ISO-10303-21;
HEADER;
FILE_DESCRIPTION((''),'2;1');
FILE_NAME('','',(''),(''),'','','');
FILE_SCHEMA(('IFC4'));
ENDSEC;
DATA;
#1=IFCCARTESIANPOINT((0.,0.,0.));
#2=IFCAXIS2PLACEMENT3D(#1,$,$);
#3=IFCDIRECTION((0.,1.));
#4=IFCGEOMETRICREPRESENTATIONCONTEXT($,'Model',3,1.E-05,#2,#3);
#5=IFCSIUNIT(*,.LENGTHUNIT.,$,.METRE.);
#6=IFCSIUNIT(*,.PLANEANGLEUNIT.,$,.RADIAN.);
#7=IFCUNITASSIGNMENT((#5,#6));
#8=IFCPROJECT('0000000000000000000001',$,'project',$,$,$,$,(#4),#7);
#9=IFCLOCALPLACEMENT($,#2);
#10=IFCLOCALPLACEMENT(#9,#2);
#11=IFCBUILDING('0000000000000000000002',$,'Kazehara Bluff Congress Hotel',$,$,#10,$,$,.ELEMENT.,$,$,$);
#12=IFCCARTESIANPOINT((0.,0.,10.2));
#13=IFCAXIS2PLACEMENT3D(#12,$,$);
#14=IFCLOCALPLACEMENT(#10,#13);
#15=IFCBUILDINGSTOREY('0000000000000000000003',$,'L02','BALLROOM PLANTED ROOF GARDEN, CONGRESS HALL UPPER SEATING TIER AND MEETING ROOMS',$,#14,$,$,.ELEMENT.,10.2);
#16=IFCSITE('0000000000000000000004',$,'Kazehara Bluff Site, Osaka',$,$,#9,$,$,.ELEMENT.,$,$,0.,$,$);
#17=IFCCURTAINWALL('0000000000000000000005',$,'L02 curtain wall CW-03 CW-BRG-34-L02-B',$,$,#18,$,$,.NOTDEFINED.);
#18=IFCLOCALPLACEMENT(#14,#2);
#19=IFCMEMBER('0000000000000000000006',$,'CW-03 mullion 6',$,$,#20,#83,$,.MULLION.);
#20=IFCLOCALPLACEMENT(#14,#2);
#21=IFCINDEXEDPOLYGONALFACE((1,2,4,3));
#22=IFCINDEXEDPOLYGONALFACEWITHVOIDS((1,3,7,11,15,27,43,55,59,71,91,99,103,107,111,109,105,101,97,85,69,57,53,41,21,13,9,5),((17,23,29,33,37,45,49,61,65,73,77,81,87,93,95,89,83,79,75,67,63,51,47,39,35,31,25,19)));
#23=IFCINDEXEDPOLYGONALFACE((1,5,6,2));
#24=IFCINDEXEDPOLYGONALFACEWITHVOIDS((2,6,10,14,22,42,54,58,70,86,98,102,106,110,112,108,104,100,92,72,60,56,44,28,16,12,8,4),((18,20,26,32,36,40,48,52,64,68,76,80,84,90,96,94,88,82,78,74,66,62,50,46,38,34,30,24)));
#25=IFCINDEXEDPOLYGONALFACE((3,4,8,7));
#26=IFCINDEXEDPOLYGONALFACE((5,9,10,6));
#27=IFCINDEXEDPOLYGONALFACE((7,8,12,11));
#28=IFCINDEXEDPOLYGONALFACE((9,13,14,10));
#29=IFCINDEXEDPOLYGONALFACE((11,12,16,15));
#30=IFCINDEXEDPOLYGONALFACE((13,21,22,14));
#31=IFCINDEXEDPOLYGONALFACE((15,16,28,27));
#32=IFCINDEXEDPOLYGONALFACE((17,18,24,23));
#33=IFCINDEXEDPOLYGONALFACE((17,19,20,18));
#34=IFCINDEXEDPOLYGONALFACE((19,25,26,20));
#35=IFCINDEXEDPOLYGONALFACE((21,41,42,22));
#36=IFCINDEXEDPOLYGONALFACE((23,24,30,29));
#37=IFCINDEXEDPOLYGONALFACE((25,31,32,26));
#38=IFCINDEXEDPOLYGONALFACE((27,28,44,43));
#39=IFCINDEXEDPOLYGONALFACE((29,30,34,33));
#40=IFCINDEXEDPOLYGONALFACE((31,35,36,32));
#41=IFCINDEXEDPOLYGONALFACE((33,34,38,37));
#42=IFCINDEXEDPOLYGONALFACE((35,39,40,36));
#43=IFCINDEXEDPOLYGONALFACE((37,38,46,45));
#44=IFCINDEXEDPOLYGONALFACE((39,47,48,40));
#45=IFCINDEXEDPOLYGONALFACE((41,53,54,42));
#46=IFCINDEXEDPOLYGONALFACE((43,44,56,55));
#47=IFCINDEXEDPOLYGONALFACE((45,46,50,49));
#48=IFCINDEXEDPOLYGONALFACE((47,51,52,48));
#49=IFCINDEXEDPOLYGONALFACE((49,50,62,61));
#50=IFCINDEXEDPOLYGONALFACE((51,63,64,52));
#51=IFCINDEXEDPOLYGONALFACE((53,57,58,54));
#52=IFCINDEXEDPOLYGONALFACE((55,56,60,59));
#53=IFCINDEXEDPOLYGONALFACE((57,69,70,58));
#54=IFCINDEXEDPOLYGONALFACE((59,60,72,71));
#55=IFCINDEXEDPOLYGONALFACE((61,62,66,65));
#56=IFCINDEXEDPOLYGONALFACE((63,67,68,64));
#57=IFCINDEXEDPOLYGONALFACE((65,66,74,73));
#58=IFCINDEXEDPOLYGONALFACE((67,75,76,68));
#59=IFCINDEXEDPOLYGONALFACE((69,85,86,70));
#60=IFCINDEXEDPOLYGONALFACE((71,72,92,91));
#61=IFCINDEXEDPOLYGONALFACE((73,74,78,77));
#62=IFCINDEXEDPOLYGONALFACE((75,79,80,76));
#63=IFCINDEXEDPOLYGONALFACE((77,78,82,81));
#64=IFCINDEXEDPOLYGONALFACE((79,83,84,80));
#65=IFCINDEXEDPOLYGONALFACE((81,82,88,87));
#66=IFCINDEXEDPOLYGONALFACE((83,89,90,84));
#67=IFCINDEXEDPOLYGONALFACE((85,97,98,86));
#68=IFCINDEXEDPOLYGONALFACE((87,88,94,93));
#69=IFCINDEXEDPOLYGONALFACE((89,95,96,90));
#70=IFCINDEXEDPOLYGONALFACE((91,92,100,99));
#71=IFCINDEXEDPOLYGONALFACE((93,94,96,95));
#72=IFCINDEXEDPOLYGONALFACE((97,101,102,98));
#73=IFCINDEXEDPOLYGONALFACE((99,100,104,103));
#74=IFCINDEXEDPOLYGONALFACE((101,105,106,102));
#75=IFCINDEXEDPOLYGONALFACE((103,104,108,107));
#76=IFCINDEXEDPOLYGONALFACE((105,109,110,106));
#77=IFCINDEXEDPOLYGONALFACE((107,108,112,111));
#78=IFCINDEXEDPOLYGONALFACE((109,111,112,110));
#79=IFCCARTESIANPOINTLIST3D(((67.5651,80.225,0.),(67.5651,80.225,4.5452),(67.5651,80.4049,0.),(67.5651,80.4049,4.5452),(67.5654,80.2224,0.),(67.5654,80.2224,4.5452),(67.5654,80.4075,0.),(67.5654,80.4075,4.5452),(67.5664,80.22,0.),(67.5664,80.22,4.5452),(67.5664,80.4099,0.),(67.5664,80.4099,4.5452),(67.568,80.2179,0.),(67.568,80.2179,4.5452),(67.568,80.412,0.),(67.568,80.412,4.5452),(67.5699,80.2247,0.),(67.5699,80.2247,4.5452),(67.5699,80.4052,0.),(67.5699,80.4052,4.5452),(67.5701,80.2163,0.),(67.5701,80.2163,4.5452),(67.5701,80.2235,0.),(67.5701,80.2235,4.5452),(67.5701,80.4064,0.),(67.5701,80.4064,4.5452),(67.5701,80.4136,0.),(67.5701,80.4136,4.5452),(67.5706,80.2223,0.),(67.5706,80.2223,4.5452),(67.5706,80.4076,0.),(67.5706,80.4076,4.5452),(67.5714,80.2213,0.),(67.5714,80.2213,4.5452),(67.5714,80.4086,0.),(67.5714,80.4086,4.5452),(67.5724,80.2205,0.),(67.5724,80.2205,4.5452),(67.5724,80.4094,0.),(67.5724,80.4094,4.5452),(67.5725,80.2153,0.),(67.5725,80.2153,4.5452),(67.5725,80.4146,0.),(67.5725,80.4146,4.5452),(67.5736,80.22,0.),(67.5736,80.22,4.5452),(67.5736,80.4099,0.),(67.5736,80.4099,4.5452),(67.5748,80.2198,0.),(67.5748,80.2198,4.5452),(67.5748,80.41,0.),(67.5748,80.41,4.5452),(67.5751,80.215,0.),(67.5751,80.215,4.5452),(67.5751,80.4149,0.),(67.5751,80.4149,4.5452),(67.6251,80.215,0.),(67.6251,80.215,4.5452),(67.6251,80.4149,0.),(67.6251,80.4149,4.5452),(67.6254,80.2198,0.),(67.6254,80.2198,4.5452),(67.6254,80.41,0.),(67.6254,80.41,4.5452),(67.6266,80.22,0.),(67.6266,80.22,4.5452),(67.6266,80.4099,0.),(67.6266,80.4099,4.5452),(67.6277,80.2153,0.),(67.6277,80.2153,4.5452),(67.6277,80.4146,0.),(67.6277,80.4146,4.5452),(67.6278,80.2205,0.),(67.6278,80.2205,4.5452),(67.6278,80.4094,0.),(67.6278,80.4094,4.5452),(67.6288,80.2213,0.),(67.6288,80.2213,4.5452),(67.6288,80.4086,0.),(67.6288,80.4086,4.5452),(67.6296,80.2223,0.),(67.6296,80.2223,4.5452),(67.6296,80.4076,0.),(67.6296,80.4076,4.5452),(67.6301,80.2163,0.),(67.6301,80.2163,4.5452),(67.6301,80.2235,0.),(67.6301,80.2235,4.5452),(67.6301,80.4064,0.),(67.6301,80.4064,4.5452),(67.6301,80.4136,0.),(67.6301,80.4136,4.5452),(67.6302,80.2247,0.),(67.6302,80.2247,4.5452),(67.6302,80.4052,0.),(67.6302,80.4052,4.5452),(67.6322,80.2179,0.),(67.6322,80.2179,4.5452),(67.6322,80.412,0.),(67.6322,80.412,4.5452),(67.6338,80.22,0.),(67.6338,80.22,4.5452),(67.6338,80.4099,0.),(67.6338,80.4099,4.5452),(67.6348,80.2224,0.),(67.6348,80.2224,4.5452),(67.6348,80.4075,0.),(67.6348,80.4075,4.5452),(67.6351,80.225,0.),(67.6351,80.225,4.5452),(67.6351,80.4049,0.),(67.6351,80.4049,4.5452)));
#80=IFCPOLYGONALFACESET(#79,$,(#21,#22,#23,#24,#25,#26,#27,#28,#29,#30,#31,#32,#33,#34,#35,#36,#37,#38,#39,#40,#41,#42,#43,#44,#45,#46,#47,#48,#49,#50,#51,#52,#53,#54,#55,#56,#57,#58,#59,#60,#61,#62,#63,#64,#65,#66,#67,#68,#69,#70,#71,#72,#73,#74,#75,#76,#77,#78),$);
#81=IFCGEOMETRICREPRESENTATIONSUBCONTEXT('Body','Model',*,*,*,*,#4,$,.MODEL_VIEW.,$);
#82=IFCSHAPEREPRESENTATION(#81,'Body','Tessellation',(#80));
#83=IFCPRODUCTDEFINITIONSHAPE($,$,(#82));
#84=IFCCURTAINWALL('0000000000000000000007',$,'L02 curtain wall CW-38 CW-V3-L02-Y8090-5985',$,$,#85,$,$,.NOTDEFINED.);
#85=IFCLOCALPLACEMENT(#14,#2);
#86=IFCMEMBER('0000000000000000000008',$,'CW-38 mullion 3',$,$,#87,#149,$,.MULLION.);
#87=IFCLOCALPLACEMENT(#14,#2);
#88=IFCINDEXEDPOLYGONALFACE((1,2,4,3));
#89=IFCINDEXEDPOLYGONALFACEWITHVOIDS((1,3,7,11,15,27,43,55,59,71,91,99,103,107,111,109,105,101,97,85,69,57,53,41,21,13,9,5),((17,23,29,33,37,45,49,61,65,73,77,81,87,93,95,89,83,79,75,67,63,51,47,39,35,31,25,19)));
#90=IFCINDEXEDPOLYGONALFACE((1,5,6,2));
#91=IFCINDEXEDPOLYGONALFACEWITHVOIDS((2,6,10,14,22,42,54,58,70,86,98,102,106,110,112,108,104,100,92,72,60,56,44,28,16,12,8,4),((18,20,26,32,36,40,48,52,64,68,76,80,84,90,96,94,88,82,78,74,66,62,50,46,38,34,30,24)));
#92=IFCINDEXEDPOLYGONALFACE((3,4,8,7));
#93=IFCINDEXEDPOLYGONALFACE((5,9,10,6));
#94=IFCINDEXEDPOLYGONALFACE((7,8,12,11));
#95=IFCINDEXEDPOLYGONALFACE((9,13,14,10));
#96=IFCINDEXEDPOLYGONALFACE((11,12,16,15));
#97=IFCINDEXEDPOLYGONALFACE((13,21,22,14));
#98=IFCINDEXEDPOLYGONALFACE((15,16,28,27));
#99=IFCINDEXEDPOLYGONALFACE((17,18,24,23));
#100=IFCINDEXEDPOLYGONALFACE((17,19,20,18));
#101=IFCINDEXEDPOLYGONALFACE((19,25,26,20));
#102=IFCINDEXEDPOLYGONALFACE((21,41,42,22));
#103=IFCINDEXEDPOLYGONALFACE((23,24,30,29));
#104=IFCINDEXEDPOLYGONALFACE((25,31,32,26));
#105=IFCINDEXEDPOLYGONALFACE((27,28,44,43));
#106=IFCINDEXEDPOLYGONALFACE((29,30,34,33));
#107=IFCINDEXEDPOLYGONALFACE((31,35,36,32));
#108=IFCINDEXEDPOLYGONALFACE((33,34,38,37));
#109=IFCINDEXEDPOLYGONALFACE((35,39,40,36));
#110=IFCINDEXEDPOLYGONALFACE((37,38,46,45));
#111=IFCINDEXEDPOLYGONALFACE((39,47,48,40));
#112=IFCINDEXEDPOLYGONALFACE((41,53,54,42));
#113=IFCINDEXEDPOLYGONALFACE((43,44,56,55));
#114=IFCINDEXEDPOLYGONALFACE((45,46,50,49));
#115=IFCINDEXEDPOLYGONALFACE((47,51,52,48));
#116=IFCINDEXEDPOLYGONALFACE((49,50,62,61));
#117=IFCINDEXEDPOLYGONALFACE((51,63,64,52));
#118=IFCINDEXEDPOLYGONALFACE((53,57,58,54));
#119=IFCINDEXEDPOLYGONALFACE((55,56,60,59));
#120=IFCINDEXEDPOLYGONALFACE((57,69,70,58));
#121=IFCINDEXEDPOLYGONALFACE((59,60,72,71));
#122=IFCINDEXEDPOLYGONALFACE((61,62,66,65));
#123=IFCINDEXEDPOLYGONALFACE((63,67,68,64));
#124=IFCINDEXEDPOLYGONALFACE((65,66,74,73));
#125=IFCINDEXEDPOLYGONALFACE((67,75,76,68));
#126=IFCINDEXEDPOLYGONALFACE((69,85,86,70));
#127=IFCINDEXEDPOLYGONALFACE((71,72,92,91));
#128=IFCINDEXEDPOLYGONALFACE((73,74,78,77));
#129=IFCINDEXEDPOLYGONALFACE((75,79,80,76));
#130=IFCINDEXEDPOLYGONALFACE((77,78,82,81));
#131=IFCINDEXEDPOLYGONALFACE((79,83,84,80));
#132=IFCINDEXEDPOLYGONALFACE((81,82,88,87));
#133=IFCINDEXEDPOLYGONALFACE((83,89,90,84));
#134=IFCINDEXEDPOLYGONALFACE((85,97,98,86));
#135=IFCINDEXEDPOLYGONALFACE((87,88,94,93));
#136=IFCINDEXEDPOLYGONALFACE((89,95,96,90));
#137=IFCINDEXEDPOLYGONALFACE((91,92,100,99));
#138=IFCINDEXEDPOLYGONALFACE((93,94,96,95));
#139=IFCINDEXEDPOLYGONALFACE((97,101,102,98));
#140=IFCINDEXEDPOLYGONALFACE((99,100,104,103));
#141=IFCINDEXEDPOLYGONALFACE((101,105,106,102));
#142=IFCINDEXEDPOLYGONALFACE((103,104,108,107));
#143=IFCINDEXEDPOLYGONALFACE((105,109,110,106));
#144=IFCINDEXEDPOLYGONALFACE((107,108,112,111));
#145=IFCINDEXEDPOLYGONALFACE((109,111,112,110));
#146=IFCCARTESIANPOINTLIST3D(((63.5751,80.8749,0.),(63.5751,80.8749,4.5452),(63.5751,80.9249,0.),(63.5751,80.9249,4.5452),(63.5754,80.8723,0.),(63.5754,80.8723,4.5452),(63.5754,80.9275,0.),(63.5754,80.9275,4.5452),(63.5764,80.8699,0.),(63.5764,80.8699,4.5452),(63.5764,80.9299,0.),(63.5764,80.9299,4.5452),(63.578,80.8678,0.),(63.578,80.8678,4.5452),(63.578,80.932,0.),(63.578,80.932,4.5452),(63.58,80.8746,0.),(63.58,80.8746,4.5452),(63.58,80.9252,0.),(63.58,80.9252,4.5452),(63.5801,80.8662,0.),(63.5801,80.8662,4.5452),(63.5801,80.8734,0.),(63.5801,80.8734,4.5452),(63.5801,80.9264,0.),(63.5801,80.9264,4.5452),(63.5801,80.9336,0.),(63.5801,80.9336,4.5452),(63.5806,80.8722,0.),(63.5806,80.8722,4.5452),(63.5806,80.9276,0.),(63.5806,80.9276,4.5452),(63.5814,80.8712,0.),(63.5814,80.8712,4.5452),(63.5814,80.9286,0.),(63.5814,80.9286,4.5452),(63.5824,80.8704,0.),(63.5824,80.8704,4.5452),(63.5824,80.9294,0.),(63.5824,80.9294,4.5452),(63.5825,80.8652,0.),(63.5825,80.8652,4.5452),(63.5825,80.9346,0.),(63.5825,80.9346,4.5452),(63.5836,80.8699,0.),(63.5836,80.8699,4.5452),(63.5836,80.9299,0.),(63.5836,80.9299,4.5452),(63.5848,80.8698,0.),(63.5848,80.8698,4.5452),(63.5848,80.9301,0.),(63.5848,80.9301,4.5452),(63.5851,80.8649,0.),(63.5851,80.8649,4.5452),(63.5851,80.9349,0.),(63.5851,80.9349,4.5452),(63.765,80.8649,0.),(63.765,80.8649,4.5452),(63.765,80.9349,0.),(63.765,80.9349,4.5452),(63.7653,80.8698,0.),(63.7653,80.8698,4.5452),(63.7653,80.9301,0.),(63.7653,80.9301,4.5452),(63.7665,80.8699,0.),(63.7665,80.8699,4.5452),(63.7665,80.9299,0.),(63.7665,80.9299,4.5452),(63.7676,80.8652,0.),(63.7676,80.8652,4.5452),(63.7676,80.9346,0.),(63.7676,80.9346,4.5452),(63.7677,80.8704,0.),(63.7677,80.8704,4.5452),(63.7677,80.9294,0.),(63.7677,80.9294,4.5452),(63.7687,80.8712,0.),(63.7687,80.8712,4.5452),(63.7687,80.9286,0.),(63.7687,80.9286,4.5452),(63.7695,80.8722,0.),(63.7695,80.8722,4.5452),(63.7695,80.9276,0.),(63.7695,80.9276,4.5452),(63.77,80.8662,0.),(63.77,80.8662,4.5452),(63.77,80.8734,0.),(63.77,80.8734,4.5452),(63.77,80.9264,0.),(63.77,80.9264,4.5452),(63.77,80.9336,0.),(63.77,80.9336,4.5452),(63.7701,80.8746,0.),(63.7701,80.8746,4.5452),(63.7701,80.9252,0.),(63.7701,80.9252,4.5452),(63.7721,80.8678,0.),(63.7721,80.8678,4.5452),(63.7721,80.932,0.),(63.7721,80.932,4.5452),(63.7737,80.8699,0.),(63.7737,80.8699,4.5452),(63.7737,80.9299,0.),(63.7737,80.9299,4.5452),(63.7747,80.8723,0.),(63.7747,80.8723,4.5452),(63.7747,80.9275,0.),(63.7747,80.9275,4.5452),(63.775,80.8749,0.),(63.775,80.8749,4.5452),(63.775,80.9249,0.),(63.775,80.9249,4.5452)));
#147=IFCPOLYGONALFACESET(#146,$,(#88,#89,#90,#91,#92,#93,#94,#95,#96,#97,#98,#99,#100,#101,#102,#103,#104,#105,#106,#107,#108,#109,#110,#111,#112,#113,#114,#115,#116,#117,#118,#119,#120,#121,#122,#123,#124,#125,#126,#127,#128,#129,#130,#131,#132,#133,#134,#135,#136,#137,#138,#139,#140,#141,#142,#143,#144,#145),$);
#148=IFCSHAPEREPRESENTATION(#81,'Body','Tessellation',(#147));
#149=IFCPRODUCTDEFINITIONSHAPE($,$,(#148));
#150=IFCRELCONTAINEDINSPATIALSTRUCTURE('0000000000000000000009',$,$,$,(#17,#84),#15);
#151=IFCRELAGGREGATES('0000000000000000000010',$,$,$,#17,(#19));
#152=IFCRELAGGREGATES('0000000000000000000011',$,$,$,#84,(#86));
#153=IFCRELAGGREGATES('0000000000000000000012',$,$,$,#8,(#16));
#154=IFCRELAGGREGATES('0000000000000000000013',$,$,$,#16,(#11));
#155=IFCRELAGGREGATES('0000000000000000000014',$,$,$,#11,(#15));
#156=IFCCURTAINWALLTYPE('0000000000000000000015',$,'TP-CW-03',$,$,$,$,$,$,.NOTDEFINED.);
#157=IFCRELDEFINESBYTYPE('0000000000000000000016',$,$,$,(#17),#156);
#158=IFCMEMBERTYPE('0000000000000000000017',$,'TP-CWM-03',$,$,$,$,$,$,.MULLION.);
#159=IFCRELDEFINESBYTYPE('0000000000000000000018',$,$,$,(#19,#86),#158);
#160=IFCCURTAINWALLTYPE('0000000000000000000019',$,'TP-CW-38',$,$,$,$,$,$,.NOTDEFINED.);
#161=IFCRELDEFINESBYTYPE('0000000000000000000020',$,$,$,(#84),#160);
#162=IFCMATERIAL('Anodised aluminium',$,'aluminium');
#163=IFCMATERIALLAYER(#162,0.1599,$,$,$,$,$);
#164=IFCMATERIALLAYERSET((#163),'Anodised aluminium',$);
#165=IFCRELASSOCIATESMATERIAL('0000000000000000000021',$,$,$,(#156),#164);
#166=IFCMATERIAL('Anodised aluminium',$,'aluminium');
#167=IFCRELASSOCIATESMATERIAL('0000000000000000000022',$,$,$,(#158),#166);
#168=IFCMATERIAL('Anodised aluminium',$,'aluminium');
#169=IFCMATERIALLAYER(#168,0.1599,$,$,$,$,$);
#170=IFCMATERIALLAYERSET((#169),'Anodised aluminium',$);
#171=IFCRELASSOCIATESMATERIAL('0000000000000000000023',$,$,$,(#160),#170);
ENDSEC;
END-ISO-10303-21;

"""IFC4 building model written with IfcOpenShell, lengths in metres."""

from ifc_helpers import new_model, si_unit, direction, frame, origin, origin_2d, place, context, subcontext, project, spatial, hollow_rectangle, extrude, material, layer, layer_set, material_profile, profile_set, type_object, element, aggregate, save


model = new_model("IFC4")

# Units and contexts
model_context = context("Model", 3, precision=1e-05, world=origin(), true_north=direction((0.0, 1.0)))
body_context = subcontext(model_context, "Body", "Model", "MODEL_VIEW")
ifc_project = project(units=[si_unit("LENGTHUNIT", "METRE"), si_unit("PLANEANGLEUNIT", "RADIAN")], contexts=[model_context])

# Site, building, storey
site_placement = place(None, origin())
site = spatial("IfcSite", under=ifc_project, at=site_placement, Name="Kazehara Bluff Site, Osaka", CompositionType="ELEMENT", RefElevation=0.0)
building_placement = place(site_placement, origin())
building = spatial("IfcBuilding", under=site, at=building_placement, Name="Kazehara Bluff Congress Hotel", CompositionType="ELEMENT")
storey_placement = place(building_placement, frame((0.0, 0.0, 10.2)))
storey = spatial("IfcBuildingStorey", under=building, at=storey_placement, Name="L02", Description="BALLROOM PLANTED ROOF GARDEN, CONGRESS HALL UPPER SEATING TIER AND MEETING ROOMS", CompositionType="ELEMENT", Elevation=10.2)

# Curtain wall, member
ifc_material_1 = material(Name="Anodised aluminium", Category="aluminium")
ifc_layer_1 = layer(ifc_material_1, 0.1599)
ifc_layer_set_1 = layer_set([ifc_layer_1], Name="Anodised aluminium")
curtain_wall_type_1 = type_object("IfcCurtainWallType", Name="TP-CW-03", PredefinedType="NOTDEFINED", material=ifc_layer_set_1)
curtain_wall_1_placement = place(storey_placement, origin())
curtain_wall_1 = element("IfcCurtainWall", 1, at=curtain_wall_1_placement, inside=storey, type_object=curtain_wall_type_1, Name="L02 curtain wall CW-03 CW-BRG-34-L02-B", PredefinedType="NOTDEFINED")
ifc_material_2 = material(Name="Anodised aluminium", Category="aluminium")
ifc_material_profile_1 = material_profile(ifc_material_2, hollow_rectangle(XDim=0.0701, YDim=0.2, WallThickness=0.0049, InnerFilletRadius=0.0049, OuterFilletRadius=0.01, at=origin_2d()))
ifc_profile_set_1 = profile_set([ifc_material_profile_1], Name="Anodised aluminium")
member_type_1 = type_object("IfcMemberType", Name="TP-CWM-03", PredefinedType="MULLION", material=ifc_profile_set_1)
member_1_placement = place(storey_placement, frame((67.6001, 80.3149, 0.0), z_axis=(0.0, 0.0, 1.0), x_axis=(-1.0, 0.0, 0.0)))
member_1 = element("IfcMember", 2, at=member_1_placement, type_object=member_type_1, Name="CW-03 mullion 6", PredefinedType="MULLION", context=body_context, shape_type="SweptSolid", body=[
    extrude(hollow_rectangle(XDim=0.0701, YDim=0.2, WallThickness=0.0049, InnerFilletRadius=0.0049, OuterFilletRadius=0.01, at=origin_2d()), origin(), (0.0, 0.0, 1.0), 4.5452),
])

# Curtain wall, member
ifc_material_3 = material(Name="Anodised aluminium", Category="aluminium")
ifc_layer_2 = layer(ifc_material_3, 0.1599)
ifc_layer_set_2 = layer_set([ifc_layer_2], Name="Anodised aluminium")
curtain_wall_type_2 = type_object("IfcCurtainWallType", Name="TP-CW-38", PredefinedType="NOTDEFINED", material=ifc_layer_set_2)
curtain_wall_2_placement = place(storey_placement, origin())
curtain_wall_2 = element("IfcCurtainWall", 3, at=curtain_wall_2_placement, inside=storey, type_object=curtain_wall_type_2, Name="L02 curtain wall CW-38 CW-V3-L02-Y8090-5985", PredefinedType="NOTDEFINED")
member_2_placement = place(storey_placement, frame((63.675, 80.8999, 0.0), z_axis=(0.0, 0.0, 1.0), x_axis=(0.0, 1.0, 0.0)))
member_2 = element("IfcMember", 4, at=member_2_placement, type_object=member_type_1, Name="CW-38 mullion 3", PredefinedType="MULLION", context=body_context, shape_type="SweptSolid", body=[
    extrude(hollow_rectangle(XDim=0.0701, YDim=0.2, WallThickness=0.0049, InnerFilletRadius=0.0049, OuterFilletRadius=0.01, at=origin_2d()), origin(), (0.0, 0.0, 1.0), 4.5452),
])

aggregate(curtain_wall_1, [member_1])
aggregate(curtain_wall_2, [member_2])

save(model, "model.ifc")
